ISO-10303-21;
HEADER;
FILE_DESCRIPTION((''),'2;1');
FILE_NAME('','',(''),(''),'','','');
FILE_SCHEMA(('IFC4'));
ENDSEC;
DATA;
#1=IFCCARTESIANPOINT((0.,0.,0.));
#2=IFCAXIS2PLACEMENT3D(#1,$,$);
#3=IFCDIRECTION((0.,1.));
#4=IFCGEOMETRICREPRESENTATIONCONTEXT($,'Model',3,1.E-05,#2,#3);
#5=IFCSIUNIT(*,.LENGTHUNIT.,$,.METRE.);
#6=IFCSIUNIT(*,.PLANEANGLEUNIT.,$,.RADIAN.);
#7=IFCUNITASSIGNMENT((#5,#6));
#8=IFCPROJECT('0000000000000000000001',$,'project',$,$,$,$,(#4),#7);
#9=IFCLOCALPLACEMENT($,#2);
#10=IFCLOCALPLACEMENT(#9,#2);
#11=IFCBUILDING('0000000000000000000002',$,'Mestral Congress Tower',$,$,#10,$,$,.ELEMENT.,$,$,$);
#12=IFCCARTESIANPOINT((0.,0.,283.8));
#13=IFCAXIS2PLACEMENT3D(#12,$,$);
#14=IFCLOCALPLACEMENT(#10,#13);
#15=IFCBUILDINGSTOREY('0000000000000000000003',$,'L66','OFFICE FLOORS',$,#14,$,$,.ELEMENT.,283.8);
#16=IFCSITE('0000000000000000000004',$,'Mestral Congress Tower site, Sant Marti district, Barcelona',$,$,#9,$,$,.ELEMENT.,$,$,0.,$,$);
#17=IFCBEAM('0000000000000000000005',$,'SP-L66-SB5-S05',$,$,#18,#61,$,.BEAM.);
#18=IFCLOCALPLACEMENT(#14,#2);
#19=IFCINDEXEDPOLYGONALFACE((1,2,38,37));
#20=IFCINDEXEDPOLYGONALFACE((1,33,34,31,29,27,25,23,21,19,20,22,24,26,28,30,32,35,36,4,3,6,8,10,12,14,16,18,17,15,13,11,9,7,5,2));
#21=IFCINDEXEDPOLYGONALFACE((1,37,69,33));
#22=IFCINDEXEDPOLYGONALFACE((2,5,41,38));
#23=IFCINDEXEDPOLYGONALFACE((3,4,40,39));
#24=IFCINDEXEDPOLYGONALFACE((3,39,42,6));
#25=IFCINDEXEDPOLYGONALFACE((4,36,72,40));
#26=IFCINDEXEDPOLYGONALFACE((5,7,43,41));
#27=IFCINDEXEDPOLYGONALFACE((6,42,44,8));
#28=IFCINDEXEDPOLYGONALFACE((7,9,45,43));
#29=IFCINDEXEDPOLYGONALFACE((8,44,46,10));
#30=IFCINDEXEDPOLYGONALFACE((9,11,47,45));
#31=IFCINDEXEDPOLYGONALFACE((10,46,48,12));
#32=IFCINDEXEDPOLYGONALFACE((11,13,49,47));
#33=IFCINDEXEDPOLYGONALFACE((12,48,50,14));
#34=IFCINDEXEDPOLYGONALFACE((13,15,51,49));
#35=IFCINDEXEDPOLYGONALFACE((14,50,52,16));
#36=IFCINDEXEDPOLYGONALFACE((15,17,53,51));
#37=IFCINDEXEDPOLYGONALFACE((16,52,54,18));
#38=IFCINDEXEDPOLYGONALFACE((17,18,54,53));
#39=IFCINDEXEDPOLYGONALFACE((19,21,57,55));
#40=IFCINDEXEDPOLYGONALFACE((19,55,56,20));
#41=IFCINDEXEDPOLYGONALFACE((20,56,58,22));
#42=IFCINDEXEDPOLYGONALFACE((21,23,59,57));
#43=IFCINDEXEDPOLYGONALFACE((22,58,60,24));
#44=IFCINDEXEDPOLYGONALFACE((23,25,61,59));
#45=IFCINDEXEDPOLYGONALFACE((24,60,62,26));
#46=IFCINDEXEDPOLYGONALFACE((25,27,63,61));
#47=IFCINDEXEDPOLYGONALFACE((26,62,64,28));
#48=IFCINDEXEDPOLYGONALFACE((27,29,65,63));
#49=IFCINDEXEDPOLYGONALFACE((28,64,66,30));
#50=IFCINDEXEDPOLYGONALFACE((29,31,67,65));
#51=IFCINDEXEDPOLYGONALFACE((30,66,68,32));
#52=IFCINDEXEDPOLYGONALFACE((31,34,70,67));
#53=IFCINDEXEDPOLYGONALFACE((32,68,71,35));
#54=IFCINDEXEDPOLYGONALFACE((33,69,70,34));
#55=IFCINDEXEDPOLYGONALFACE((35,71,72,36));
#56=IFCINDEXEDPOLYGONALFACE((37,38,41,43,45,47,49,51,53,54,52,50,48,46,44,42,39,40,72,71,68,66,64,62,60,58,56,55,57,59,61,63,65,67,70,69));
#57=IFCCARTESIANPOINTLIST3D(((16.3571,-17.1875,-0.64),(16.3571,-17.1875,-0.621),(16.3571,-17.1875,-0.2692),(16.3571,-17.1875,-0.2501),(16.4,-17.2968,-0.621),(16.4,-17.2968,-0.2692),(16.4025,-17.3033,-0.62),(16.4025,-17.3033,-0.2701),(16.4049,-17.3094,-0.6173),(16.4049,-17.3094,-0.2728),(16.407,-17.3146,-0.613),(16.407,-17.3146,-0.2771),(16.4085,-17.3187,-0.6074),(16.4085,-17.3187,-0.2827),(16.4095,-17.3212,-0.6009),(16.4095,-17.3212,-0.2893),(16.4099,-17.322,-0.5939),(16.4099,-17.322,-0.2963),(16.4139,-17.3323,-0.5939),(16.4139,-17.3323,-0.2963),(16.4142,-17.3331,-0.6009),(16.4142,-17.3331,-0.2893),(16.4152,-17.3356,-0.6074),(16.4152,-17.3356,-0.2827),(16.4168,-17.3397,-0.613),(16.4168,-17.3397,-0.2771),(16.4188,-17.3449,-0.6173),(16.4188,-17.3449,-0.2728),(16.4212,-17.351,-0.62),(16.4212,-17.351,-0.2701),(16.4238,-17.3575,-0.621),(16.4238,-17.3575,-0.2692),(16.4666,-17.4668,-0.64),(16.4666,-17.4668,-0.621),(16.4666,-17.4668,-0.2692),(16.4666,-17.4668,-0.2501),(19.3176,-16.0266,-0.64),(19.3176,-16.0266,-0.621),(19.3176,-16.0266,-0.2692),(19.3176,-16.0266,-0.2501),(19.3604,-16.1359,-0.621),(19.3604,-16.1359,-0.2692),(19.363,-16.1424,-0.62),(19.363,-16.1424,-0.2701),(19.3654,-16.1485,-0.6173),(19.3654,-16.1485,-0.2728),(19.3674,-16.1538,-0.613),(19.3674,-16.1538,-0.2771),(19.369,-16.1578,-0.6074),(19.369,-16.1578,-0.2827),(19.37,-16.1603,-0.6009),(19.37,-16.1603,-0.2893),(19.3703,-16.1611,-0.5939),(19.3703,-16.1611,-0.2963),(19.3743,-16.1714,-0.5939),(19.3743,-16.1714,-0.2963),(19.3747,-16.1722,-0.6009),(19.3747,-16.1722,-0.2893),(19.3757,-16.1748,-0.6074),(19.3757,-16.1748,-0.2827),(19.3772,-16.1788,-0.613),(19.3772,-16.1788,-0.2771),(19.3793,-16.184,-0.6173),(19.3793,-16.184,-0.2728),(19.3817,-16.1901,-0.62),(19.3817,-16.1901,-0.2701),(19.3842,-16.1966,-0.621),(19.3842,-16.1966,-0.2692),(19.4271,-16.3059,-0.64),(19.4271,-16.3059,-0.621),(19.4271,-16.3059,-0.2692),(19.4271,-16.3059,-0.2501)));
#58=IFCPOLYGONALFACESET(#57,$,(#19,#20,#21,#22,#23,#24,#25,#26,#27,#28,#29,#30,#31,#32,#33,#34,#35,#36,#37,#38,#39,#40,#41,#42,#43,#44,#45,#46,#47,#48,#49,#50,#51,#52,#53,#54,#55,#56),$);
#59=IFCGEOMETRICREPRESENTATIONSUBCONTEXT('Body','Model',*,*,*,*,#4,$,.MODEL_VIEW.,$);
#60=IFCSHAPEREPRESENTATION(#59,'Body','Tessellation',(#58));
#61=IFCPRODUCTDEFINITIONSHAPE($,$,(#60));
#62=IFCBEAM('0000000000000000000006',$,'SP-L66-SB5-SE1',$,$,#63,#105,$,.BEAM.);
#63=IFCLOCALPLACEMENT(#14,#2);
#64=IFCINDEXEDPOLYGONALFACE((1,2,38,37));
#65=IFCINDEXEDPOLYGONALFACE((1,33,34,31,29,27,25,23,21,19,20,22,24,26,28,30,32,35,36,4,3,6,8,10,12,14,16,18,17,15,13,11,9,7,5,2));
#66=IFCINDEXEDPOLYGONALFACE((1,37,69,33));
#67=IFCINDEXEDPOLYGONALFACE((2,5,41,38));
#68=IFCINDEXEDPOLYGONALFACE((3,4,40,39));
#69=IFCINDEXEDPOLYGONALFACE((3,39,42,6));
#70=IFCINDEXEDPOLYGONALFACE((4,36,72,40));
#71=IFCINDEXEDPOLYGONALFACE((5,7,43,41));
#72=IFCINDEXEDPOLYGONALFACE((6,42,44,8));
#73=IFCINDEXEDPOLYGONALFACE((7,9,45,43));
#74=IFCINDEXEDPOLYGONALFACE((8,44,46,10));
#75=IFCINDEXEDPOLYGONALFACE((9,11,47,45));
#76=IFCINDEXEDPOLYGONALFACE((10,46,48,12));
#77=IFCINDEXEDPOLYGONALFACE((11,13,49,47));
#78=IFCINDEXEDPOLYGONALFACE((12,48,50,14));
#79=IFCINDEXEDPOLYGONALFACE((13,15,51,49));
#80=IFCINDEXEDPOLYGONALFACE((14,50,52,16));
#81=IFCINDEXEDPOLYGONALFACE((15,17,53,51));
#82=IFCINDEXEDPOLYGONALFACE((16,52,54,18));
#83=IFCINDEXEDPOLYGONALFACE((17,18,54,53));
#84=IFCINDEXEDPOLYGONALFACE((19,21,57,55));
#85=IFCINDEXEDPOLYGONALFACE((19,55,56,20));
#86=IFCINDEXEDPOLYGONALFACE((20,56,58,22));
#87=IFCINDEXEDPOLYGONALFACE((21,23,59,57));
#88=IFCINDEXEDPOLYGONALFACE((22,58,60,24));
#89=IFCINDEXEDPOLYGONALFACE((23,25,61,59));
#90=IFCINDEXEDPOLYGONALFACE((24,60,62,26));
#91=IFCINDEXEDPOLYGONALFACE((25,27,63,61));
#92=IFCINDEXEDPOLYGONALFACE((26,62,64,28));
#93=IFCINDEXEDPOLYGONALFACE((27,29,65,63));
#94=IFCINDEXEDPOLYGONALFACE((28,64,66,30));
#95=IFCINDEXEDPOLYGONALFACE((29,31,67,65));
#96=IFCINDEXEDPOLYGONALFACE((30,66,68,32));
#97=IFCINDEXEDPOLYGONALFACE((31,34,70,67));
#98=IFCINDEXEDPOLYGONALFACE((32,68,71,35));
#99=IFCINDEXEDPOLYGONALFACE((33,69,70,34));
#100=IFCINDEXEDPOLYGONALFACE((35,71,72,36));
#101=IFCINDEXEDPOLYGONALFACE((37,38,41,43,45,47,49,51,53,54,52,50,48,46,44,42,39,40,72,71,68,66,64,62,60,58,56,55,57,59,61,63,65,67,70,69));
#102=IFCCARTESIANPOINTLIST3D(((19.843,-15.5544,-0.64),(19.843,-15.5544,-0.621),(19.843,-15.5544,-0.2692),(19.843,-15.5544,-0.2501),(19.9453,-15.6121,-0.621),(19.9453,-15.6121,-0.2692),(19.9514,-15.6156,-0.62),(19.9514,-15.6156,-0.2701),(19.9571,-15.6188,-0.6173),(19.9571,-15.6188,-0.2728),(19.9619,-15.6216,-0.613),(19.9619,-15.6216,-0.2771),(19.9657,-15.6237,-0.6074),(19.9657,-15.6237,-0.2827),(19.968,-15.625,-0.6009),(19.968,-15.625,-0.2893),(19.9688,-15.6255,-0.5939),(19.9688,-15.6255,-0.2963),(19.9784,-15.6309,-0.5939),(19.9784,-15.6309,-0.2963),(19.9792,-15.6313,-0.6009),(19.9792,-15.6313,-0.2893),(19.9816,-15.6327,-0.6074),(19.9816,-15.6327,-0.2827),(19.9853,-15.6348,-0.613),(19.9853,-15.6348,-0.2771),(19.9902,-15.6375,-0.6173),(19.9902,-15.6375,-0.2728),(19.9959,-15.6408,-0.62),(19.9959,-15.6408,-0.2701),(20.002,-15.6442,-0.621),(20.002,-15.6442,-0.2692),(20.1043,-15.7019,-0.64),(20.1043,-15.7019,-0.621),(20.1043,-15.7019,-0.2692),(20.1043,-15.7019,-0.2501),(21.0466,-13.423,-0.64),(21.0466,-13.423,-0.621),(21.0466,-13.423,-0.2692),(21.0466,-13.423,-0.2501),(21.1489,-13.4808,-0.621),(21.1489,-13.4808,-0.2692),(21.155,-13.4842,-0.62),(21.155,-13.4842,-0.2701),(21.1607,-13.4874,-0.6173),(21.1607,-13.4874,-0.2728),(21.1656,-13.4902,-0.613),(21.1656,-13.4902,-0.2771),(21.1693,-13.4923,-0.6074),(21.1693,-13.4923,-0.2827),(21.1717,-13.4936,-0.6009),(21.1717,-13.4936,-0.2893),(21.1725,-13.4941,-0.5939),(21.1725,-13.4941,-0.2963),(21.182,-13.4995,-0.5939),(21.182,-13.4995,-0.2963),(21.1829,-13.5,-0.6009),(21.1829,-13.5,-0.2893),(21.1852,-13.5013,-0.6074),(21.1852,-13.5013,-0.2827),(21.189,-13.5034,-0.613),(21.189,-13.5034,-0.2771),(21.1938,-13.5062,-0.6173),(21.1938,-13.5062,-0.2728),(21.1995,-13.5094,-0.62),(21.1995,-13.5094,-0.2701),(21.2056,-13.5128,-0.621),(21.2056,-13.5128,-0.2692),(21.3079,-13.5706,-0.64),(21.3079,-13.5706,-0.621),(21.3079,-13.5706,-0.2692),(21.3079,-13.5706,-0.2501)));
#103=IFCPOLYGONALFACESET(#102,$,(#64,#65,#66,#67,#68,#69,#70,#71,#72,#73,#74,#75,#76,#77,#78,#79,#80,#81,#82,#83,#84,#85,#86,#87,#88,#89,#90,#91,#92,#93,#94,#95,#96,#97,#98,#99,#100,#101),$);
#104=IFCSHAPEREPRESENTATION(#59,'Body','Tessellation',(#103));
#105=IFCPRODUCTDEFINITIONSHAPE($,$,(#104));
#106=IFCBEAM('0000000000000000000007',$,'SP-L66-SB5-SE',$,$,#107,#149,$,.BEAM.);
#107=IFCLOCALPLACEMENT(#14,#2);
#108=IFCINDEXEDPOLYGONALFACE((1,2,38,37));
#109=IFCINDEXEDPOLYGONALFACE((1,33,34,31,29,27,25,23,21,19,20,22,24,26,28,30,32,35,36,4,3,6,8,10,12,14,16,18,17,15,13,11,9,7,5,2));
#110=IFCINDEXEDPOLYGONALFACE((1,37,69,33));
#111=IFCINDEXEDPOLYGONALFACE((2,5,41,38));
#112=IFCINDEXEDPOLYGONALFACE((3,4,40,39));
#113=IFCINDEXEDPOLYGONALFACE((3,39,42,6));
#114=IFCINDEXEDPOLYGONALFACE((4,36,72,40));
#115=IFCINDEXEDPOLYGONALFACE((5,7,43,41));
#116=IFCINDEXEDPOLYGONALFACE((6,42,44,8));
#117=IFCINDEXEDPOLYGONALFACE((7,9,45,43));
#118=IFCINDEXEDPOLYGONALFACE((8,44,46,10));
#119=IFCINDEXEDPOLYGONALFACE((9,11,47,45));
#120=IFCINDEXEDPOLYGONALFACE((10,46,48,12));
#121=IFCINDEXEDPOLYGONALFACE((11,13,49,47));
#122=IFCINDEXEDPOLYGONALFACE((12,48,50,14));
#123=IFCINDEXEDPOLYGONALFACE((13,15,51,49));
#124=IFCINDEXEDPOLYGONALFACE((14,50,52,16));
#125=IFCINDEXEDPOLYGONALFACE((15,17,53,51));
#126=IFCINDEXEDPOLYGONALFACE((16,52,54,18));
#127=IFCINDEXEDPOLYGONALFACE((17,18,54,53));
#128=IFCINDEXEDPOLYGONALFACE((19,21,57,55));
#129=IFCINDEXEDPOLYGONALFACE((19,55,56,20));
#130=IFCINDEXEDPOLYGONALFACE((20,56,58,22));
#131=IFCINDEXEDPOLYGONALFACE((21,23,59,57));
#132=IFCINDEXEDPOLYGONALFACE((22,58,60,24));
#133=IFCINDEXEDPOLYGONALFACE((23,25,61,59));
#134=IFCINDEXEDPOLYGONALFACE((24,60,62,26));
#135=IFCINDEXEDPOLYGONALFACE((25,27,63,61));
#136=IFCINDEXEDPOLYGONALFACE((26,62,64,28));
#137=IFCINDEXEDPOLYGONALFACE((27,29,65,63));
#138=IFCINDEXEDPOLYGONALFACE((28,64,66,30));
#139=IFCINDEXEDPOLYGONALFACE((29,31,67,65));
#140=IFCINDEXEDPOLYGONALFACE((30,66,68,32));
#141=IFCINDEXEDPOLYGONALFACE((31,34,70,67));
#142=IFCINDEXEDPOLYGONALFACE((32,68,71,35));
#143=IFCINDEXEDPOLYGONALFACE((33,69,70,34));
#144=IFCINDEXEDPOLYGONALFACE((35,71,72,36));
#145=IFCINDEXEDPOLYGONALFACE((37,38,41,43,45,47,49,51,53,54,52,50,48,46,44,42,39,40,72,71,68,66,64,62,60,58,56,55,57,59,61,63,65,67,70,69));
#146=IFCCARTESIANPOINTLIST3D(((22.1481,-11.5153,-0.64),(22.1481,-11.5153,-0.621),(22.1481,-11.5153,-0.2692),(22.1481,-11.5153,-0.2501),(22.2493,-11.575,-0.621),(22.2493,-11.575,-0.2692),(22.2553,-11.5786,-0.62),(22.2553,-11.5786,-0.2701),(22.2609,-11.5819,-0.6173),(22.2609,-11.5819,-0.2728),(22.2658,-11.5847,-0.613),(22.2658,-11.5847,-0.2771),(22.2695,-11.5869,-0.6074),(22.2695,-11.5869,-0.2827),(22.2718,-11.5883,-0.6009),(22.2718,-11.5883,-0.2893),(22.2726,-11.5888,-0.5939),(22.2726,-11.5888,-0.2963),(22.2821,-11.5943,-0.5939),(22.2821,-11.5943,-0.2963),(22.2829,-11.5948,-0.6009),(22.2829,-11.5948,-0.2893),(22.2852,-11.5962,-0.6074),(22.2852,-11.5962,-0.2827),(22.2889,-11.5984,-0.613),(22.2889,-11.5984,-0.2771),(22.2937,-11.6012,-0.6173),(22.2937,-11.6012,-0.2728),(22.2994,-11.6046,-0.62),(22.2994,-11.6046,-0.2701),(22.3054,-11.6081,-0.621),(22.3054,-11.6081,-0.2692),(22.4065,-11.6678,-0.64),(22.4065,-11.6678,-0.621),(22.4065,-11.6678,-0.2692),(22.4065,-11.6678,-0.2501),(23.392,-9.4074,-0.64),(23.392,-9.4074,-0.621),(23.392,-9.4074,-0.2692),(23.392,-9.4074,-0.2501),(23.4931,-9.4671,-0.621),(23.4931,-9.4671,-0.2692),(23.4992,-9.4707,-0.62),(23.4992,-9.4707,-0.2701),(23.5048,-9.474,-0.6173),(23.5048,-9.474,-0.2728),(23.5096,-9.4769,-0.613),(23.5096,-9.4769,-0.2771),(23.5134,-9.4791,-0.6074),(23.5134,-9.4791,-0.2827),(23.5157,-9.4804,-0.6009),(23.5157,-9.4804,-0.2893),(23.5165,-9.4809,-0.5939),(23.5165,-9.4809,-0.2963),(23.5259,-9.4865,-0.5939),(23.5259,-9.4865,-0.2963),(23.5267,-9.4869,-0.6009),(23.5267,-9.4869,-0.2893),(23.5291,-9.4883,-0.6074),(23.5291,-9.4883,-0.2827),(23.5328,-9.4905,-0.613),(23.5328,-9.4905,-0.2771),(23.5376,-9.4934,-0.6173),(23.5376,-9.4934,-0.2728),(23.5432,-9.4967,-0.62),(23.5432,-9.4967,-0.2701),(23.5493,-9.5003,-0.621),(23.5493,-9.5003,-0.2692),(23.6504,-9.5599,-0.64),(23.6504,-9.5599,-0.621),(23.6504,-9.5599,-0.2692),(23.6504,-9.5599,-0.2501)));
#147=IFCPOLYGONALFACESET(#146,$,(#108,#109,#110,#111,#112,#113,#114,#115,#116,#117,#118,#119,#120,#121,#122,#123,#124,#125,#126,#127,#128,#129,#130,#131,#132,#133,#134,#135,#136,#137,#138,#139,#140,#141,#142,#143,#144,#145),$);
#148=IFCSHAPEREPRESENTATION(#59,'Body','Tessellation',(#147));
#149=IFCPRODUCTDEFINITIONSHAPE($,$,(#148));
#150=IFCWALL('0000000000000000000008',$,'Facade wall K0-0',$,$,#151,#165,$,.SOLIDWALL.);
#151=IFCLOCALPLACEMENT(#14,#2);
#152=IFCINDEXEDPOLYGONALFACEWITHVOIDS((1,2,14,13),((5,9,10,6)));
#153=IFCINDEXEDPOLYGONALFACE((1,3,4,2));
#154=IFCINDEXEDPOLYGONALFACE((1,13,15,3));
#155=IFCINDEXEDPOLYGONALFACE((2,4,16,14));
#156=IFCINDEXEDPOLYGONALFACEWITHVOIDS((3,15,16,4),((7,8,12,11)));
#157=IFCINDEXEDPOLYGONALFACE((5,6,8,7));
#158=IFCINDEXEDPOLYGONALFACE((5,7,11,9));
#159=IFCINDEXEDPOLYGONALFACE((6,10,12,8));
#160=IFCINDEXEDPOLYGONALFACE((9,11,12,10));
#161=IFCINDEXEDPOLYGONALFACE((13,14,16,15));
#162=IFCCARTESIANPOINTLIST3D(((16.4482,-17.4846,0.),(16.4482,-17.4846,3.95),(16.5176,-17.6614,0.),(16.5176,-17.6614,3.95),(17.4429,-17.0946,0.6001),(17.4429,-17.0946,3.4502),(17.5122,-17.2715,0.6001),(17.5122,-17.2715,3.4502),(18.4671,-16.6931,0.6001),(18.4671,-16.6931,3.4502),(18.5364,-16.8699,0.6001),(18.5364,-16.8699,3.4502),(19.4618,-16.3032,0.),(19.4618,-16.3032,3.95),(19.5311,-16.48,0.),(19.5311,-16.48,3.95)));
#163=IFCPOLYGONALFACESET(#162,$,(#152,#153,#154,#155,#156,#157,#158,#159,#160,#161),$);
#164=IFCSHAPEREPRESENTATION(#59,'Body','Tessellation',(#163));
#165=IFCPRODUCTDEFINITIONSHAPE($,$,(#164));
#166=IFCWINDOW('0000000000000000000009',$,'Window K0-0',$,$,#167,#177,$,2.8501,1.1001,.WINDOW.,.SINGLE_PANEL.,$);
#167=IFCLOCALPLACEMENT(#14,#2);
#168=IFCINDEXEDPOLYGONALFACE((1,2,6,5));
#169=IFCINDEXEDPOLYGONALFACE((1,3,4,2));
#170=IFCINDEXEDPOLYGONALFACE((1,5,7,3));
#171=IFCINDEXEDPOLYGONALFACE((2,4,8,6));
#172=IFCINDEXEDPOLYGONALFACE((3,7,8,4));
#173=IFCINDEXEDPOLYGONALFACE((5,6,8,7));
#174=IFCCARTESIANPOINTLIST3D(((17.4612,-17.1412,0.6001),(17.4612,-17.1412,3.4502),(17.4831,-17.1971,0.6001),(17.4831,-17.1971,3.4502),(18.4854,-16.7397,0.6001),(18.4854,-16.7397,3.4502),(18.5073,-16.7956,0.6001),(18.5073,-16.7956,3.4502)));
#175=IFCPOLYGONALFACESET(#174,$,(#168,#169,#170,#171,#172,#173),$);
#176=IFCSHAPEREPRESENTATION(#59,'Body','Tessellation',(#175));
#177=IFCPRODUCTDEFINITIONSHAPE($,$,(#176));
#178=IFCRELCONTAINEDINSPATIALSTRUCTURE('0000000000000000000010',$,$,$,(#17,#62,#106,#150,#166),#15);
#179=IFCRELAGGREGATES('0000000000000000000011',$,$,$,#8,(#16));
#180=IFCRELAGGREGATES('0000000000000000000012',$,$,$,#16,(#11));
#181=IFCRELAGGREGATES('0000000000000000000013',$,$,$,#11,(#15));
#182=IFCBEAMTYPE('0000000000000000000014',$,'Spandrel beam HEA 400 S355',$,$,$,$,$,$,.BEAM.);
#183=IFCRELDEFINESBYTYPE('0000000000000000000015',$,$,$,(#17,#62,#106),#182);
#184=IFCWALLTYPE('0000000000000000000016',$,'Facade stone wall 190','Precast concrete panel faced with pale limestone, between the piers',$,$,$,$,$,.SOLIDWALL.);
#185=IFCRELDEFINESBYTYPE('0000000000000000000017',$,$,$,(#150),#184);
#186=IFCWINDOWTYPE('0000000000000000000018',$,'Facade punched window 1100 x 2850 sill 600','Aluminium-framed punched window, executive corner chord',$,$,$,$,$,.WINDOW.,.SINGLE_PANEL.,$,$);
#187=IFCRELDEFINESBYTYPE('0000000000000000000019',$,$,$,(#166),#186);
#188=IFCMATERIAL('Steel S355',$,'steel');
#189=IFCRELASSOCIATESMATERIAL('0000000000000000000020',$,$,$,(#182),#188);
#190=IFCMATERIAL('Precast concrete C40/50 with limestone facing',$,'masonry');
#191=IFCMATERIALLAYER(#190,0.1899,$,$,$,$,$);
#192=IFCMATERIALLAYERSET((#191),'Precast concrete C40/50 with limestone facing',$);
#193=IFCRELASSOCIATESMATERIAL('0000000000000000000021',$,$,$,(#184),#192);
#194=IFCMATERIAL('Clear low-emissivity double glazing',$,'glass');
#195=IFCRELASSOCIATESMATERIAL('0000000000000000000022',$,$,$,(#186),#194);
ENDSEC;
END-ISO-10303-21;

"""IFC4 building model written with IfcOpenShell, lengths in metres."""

from ifc_helpers import new_model, si_unit, direction, frame, frame_2d, origin, origin_2d, place, context, subcontext, project, spatial, rectangle, i_section, extrude, material, layer, layer_set, material_profile, profile_set, type_object, element, fill, save


model = new_model("IFC4")

# Units and contexts
model_context = context("Model", 3, precision=1e-05, world=origin(), true_north=direction((0.0, 1.0)))
body_context = subcontext(model_context, "Body", "Model", "MODEL_VIEW")
ifc_project = project(units=[si_unit("LENGTHUNIT", "METRE"), si_unit("PLANEANGLEUNIT", "RADIAN")], contexts=[model_context])

# Site, building, storey
site_placement = place(None, origin())
site = spatial("IfcSite", under=ifc_project, at=site_placement, Name="Mestral Congress Tower site, Sant Marti district, Barcelona", CompositionType="ELEMENT", RefElevation=0.0)
building_placement = place(site_placement, origin())
building = spatial("IfcBuilding", under=site, at=building_placement, Name="Mestral Congress Tower", CompositionType="ELEMENT")
storey_placement = place(building_placement, frame((0.0, 0.0, 283.8)))
storey = spatial("IfcBuildingStorey", under=building, at=storey_placement, Name="L66", Description="OFFICE FLOORS", CompositionType="ELEMENT", Elevation=283.8)

# Beams
ifc_material_1 = material(Name="Steel S355", Category="steel")
ifc_material_profile_1 = material_profile(ifc_material_1, i_section(OverallWidth=0.3, OverallDepth=0.3899, WebThickness=0.011, FlangeThickness=0.019, FilletRadius=0.0271, at=origin_2d()), Name="HEA 400")
ifc_profile_set_1 = profile_set([ifc_material_profile_1], Name="Steel S355")
beam_type_1 = type_object("IfcBeamType", Name="Spandrel beam HEA 400 S355", PredefinedType="BEAM", material=ifc_profile_set_1)
beam_1_placement = place(storey_placement, frame((16.4119, -17.3271, -0.4451), z_axis=(0.930981, 0.365068, 0.0), x_axis=(-0.365068, 0.930981, 0.0)))
element("IfcBeam", 1, at=beam_1_placement, inside=storey, type_object=beam_type_1, Name="SP-L66-SB5-S05", PredefinedType="BEAM", context=body_context, shape_type="SweptSolid", body=[
    extrude(i_section(OverallWidth=0.3, OverallDepth=0.3899, WebThickness=0.011, FlangeThickness=0.019, FilletRadius=0.0271, at=origin_2d()), origin(), (0.0, 0.0, 1.0), 3.1799),
])
beam_2_placement = place(storey_placement, frame((19.9736, -15.6282, -0.4451), z_axis=(0.491729, 0.870749, 0.0), x_axis=(-0.870749, 0.491729, 0.0)))
element("IfcBeam", 2, at=beam_2_placement, inside=storey, type_object=beam_type_1, Name="SP-L66-SB5-SE1", PredefinedType="BEAM", context=body_context, shape_type="SweptSolid", body=[
    extrude(i_section(OverallWidth=0.3, OverallDepth=0.3899, WebThickness=0.011, FlangeThickness=0.019, FilletRadius=0.0271, at=origin_2d()), origin(), (0.0, 0.0, 1.0), 2.4478),
])
beam_3_placement = place(storey_placement, frame((22.2773, -11.5916, -0.4451), z_axis=(0.508218, 0.861228, 0.0), x_axis=(-0.861228, 0.508218, 0.0)))
element("IfcBeam", 3, at=beam_3_placement, inside=storey, type_object=beam_type_1, Name="SP-L66-SB5-SE", PredefinedType="BEAM", context=body_context, shape_type="SweptSolid", body=[
    extrude(i_section(OverallWidth=0.3, OverallDepth=0.3899, WebThickness=0.011, FlangeThickness=0.019, FilletRadius=0.0271, at=origin_2d()), origin(), (0.0, 0.0, 1.0), 2.4475),
])

# Wall, opening, window
ifc_material_2 = material(Name="Precast concrete C40/50 with limestone facing", Category="masonry")
ifc_layer_1 = layer(ifc_material_2, 0.1899)
ifc_layer_set_1 = layer_set([ifc_layer_1], Name="Precast concrete C40/50 with limestone facing")
wall_type_1 = type_object("IfcWallType", Name="Facade stone wall 190", Description="Precast concrete panel faced with pale limestone, between the piers", PredefinedType="SOLIDWALL", material=ifc_layer_set_1)
wall_1_placement = place(storey_placement, frame((16.4829, -17.573, 0.0), z_axis=(0.0, 0.0, 1.0), x_axis=(0.931009, 0.364997, 0.0)))
wall_1 = element("IfcWall", 4, at=wall_1_placement, inside=storey, type_object=wall_type_1, Name="Facade wall K0-0", PredefinedType="SOLIDWALL", context=body_context, shape_type="SweptSolid", body=[
    extrude(rectangle(XDim=3.2368, YDim=0.1899, at=frame_2d((1.6184, 0.0))), origin(), (0.0, 0.0, 1.0), 3.95),
])
opening_1_placement = place(wall_1_placement, frame((1.0684, 0.0, 0.6001)))
opening_1 = element("IfcOpeningElement", 5, at=opening_1_placement, cuts=wall_1, PredefinedType="OPENING", context=body_context, shape_type="SweptSolid", body=[
    extrude(rectangle(XDim=1.1001, YDim=2.8501, at=frame_2d((0.55, 1.425))), frame((0.0, 0.105, 0.0), z_axis=(0.0, -1.0, 0.0), x_axis=(1.0, 0.0, 0.0)), (0.0, 0.0, 1.0), 0.21),
])
ifc_material_3 = material(Name="Clear low-emissivity double glazing", Category="glass")
window_type = type_object("IfcWindowType", Name="Facade punched window 1100 x 2850 sill 600", Description="Aluminium-framed punched window, executive corner chord", PartitioningType="SINGLE_PANEL", PredefinedType="WINDOW", material=ifc_material_3)
window_1_placement = place(opening_1_placement, origin())
window_1 = element("IfcWindow", 6, at=window_1_placement, inside=storey, type_object=window_type, Name="Window K0-0", OverallHeight=2.8501, OverallWidth=1.1001, PartitioningType="SINGLE_PANEL", PredefinedType="WINDOW", context=body_context, shape_type="SweptSolid", body=[
    extrude(rectangle(XDim=1.1001, YDim=2.8501, at=frame_2d((0.55, 1.425))), frame((0.0, 0.0449, 0.0), z_axis=(0.0, -1.0, 0.0), x_axis=(1.0, 0.0, 0.0)), (0.0, 0.0, 1.0), 0.0601),
])
fill(opening_1, window_1)

save(model, "model.ifc")
